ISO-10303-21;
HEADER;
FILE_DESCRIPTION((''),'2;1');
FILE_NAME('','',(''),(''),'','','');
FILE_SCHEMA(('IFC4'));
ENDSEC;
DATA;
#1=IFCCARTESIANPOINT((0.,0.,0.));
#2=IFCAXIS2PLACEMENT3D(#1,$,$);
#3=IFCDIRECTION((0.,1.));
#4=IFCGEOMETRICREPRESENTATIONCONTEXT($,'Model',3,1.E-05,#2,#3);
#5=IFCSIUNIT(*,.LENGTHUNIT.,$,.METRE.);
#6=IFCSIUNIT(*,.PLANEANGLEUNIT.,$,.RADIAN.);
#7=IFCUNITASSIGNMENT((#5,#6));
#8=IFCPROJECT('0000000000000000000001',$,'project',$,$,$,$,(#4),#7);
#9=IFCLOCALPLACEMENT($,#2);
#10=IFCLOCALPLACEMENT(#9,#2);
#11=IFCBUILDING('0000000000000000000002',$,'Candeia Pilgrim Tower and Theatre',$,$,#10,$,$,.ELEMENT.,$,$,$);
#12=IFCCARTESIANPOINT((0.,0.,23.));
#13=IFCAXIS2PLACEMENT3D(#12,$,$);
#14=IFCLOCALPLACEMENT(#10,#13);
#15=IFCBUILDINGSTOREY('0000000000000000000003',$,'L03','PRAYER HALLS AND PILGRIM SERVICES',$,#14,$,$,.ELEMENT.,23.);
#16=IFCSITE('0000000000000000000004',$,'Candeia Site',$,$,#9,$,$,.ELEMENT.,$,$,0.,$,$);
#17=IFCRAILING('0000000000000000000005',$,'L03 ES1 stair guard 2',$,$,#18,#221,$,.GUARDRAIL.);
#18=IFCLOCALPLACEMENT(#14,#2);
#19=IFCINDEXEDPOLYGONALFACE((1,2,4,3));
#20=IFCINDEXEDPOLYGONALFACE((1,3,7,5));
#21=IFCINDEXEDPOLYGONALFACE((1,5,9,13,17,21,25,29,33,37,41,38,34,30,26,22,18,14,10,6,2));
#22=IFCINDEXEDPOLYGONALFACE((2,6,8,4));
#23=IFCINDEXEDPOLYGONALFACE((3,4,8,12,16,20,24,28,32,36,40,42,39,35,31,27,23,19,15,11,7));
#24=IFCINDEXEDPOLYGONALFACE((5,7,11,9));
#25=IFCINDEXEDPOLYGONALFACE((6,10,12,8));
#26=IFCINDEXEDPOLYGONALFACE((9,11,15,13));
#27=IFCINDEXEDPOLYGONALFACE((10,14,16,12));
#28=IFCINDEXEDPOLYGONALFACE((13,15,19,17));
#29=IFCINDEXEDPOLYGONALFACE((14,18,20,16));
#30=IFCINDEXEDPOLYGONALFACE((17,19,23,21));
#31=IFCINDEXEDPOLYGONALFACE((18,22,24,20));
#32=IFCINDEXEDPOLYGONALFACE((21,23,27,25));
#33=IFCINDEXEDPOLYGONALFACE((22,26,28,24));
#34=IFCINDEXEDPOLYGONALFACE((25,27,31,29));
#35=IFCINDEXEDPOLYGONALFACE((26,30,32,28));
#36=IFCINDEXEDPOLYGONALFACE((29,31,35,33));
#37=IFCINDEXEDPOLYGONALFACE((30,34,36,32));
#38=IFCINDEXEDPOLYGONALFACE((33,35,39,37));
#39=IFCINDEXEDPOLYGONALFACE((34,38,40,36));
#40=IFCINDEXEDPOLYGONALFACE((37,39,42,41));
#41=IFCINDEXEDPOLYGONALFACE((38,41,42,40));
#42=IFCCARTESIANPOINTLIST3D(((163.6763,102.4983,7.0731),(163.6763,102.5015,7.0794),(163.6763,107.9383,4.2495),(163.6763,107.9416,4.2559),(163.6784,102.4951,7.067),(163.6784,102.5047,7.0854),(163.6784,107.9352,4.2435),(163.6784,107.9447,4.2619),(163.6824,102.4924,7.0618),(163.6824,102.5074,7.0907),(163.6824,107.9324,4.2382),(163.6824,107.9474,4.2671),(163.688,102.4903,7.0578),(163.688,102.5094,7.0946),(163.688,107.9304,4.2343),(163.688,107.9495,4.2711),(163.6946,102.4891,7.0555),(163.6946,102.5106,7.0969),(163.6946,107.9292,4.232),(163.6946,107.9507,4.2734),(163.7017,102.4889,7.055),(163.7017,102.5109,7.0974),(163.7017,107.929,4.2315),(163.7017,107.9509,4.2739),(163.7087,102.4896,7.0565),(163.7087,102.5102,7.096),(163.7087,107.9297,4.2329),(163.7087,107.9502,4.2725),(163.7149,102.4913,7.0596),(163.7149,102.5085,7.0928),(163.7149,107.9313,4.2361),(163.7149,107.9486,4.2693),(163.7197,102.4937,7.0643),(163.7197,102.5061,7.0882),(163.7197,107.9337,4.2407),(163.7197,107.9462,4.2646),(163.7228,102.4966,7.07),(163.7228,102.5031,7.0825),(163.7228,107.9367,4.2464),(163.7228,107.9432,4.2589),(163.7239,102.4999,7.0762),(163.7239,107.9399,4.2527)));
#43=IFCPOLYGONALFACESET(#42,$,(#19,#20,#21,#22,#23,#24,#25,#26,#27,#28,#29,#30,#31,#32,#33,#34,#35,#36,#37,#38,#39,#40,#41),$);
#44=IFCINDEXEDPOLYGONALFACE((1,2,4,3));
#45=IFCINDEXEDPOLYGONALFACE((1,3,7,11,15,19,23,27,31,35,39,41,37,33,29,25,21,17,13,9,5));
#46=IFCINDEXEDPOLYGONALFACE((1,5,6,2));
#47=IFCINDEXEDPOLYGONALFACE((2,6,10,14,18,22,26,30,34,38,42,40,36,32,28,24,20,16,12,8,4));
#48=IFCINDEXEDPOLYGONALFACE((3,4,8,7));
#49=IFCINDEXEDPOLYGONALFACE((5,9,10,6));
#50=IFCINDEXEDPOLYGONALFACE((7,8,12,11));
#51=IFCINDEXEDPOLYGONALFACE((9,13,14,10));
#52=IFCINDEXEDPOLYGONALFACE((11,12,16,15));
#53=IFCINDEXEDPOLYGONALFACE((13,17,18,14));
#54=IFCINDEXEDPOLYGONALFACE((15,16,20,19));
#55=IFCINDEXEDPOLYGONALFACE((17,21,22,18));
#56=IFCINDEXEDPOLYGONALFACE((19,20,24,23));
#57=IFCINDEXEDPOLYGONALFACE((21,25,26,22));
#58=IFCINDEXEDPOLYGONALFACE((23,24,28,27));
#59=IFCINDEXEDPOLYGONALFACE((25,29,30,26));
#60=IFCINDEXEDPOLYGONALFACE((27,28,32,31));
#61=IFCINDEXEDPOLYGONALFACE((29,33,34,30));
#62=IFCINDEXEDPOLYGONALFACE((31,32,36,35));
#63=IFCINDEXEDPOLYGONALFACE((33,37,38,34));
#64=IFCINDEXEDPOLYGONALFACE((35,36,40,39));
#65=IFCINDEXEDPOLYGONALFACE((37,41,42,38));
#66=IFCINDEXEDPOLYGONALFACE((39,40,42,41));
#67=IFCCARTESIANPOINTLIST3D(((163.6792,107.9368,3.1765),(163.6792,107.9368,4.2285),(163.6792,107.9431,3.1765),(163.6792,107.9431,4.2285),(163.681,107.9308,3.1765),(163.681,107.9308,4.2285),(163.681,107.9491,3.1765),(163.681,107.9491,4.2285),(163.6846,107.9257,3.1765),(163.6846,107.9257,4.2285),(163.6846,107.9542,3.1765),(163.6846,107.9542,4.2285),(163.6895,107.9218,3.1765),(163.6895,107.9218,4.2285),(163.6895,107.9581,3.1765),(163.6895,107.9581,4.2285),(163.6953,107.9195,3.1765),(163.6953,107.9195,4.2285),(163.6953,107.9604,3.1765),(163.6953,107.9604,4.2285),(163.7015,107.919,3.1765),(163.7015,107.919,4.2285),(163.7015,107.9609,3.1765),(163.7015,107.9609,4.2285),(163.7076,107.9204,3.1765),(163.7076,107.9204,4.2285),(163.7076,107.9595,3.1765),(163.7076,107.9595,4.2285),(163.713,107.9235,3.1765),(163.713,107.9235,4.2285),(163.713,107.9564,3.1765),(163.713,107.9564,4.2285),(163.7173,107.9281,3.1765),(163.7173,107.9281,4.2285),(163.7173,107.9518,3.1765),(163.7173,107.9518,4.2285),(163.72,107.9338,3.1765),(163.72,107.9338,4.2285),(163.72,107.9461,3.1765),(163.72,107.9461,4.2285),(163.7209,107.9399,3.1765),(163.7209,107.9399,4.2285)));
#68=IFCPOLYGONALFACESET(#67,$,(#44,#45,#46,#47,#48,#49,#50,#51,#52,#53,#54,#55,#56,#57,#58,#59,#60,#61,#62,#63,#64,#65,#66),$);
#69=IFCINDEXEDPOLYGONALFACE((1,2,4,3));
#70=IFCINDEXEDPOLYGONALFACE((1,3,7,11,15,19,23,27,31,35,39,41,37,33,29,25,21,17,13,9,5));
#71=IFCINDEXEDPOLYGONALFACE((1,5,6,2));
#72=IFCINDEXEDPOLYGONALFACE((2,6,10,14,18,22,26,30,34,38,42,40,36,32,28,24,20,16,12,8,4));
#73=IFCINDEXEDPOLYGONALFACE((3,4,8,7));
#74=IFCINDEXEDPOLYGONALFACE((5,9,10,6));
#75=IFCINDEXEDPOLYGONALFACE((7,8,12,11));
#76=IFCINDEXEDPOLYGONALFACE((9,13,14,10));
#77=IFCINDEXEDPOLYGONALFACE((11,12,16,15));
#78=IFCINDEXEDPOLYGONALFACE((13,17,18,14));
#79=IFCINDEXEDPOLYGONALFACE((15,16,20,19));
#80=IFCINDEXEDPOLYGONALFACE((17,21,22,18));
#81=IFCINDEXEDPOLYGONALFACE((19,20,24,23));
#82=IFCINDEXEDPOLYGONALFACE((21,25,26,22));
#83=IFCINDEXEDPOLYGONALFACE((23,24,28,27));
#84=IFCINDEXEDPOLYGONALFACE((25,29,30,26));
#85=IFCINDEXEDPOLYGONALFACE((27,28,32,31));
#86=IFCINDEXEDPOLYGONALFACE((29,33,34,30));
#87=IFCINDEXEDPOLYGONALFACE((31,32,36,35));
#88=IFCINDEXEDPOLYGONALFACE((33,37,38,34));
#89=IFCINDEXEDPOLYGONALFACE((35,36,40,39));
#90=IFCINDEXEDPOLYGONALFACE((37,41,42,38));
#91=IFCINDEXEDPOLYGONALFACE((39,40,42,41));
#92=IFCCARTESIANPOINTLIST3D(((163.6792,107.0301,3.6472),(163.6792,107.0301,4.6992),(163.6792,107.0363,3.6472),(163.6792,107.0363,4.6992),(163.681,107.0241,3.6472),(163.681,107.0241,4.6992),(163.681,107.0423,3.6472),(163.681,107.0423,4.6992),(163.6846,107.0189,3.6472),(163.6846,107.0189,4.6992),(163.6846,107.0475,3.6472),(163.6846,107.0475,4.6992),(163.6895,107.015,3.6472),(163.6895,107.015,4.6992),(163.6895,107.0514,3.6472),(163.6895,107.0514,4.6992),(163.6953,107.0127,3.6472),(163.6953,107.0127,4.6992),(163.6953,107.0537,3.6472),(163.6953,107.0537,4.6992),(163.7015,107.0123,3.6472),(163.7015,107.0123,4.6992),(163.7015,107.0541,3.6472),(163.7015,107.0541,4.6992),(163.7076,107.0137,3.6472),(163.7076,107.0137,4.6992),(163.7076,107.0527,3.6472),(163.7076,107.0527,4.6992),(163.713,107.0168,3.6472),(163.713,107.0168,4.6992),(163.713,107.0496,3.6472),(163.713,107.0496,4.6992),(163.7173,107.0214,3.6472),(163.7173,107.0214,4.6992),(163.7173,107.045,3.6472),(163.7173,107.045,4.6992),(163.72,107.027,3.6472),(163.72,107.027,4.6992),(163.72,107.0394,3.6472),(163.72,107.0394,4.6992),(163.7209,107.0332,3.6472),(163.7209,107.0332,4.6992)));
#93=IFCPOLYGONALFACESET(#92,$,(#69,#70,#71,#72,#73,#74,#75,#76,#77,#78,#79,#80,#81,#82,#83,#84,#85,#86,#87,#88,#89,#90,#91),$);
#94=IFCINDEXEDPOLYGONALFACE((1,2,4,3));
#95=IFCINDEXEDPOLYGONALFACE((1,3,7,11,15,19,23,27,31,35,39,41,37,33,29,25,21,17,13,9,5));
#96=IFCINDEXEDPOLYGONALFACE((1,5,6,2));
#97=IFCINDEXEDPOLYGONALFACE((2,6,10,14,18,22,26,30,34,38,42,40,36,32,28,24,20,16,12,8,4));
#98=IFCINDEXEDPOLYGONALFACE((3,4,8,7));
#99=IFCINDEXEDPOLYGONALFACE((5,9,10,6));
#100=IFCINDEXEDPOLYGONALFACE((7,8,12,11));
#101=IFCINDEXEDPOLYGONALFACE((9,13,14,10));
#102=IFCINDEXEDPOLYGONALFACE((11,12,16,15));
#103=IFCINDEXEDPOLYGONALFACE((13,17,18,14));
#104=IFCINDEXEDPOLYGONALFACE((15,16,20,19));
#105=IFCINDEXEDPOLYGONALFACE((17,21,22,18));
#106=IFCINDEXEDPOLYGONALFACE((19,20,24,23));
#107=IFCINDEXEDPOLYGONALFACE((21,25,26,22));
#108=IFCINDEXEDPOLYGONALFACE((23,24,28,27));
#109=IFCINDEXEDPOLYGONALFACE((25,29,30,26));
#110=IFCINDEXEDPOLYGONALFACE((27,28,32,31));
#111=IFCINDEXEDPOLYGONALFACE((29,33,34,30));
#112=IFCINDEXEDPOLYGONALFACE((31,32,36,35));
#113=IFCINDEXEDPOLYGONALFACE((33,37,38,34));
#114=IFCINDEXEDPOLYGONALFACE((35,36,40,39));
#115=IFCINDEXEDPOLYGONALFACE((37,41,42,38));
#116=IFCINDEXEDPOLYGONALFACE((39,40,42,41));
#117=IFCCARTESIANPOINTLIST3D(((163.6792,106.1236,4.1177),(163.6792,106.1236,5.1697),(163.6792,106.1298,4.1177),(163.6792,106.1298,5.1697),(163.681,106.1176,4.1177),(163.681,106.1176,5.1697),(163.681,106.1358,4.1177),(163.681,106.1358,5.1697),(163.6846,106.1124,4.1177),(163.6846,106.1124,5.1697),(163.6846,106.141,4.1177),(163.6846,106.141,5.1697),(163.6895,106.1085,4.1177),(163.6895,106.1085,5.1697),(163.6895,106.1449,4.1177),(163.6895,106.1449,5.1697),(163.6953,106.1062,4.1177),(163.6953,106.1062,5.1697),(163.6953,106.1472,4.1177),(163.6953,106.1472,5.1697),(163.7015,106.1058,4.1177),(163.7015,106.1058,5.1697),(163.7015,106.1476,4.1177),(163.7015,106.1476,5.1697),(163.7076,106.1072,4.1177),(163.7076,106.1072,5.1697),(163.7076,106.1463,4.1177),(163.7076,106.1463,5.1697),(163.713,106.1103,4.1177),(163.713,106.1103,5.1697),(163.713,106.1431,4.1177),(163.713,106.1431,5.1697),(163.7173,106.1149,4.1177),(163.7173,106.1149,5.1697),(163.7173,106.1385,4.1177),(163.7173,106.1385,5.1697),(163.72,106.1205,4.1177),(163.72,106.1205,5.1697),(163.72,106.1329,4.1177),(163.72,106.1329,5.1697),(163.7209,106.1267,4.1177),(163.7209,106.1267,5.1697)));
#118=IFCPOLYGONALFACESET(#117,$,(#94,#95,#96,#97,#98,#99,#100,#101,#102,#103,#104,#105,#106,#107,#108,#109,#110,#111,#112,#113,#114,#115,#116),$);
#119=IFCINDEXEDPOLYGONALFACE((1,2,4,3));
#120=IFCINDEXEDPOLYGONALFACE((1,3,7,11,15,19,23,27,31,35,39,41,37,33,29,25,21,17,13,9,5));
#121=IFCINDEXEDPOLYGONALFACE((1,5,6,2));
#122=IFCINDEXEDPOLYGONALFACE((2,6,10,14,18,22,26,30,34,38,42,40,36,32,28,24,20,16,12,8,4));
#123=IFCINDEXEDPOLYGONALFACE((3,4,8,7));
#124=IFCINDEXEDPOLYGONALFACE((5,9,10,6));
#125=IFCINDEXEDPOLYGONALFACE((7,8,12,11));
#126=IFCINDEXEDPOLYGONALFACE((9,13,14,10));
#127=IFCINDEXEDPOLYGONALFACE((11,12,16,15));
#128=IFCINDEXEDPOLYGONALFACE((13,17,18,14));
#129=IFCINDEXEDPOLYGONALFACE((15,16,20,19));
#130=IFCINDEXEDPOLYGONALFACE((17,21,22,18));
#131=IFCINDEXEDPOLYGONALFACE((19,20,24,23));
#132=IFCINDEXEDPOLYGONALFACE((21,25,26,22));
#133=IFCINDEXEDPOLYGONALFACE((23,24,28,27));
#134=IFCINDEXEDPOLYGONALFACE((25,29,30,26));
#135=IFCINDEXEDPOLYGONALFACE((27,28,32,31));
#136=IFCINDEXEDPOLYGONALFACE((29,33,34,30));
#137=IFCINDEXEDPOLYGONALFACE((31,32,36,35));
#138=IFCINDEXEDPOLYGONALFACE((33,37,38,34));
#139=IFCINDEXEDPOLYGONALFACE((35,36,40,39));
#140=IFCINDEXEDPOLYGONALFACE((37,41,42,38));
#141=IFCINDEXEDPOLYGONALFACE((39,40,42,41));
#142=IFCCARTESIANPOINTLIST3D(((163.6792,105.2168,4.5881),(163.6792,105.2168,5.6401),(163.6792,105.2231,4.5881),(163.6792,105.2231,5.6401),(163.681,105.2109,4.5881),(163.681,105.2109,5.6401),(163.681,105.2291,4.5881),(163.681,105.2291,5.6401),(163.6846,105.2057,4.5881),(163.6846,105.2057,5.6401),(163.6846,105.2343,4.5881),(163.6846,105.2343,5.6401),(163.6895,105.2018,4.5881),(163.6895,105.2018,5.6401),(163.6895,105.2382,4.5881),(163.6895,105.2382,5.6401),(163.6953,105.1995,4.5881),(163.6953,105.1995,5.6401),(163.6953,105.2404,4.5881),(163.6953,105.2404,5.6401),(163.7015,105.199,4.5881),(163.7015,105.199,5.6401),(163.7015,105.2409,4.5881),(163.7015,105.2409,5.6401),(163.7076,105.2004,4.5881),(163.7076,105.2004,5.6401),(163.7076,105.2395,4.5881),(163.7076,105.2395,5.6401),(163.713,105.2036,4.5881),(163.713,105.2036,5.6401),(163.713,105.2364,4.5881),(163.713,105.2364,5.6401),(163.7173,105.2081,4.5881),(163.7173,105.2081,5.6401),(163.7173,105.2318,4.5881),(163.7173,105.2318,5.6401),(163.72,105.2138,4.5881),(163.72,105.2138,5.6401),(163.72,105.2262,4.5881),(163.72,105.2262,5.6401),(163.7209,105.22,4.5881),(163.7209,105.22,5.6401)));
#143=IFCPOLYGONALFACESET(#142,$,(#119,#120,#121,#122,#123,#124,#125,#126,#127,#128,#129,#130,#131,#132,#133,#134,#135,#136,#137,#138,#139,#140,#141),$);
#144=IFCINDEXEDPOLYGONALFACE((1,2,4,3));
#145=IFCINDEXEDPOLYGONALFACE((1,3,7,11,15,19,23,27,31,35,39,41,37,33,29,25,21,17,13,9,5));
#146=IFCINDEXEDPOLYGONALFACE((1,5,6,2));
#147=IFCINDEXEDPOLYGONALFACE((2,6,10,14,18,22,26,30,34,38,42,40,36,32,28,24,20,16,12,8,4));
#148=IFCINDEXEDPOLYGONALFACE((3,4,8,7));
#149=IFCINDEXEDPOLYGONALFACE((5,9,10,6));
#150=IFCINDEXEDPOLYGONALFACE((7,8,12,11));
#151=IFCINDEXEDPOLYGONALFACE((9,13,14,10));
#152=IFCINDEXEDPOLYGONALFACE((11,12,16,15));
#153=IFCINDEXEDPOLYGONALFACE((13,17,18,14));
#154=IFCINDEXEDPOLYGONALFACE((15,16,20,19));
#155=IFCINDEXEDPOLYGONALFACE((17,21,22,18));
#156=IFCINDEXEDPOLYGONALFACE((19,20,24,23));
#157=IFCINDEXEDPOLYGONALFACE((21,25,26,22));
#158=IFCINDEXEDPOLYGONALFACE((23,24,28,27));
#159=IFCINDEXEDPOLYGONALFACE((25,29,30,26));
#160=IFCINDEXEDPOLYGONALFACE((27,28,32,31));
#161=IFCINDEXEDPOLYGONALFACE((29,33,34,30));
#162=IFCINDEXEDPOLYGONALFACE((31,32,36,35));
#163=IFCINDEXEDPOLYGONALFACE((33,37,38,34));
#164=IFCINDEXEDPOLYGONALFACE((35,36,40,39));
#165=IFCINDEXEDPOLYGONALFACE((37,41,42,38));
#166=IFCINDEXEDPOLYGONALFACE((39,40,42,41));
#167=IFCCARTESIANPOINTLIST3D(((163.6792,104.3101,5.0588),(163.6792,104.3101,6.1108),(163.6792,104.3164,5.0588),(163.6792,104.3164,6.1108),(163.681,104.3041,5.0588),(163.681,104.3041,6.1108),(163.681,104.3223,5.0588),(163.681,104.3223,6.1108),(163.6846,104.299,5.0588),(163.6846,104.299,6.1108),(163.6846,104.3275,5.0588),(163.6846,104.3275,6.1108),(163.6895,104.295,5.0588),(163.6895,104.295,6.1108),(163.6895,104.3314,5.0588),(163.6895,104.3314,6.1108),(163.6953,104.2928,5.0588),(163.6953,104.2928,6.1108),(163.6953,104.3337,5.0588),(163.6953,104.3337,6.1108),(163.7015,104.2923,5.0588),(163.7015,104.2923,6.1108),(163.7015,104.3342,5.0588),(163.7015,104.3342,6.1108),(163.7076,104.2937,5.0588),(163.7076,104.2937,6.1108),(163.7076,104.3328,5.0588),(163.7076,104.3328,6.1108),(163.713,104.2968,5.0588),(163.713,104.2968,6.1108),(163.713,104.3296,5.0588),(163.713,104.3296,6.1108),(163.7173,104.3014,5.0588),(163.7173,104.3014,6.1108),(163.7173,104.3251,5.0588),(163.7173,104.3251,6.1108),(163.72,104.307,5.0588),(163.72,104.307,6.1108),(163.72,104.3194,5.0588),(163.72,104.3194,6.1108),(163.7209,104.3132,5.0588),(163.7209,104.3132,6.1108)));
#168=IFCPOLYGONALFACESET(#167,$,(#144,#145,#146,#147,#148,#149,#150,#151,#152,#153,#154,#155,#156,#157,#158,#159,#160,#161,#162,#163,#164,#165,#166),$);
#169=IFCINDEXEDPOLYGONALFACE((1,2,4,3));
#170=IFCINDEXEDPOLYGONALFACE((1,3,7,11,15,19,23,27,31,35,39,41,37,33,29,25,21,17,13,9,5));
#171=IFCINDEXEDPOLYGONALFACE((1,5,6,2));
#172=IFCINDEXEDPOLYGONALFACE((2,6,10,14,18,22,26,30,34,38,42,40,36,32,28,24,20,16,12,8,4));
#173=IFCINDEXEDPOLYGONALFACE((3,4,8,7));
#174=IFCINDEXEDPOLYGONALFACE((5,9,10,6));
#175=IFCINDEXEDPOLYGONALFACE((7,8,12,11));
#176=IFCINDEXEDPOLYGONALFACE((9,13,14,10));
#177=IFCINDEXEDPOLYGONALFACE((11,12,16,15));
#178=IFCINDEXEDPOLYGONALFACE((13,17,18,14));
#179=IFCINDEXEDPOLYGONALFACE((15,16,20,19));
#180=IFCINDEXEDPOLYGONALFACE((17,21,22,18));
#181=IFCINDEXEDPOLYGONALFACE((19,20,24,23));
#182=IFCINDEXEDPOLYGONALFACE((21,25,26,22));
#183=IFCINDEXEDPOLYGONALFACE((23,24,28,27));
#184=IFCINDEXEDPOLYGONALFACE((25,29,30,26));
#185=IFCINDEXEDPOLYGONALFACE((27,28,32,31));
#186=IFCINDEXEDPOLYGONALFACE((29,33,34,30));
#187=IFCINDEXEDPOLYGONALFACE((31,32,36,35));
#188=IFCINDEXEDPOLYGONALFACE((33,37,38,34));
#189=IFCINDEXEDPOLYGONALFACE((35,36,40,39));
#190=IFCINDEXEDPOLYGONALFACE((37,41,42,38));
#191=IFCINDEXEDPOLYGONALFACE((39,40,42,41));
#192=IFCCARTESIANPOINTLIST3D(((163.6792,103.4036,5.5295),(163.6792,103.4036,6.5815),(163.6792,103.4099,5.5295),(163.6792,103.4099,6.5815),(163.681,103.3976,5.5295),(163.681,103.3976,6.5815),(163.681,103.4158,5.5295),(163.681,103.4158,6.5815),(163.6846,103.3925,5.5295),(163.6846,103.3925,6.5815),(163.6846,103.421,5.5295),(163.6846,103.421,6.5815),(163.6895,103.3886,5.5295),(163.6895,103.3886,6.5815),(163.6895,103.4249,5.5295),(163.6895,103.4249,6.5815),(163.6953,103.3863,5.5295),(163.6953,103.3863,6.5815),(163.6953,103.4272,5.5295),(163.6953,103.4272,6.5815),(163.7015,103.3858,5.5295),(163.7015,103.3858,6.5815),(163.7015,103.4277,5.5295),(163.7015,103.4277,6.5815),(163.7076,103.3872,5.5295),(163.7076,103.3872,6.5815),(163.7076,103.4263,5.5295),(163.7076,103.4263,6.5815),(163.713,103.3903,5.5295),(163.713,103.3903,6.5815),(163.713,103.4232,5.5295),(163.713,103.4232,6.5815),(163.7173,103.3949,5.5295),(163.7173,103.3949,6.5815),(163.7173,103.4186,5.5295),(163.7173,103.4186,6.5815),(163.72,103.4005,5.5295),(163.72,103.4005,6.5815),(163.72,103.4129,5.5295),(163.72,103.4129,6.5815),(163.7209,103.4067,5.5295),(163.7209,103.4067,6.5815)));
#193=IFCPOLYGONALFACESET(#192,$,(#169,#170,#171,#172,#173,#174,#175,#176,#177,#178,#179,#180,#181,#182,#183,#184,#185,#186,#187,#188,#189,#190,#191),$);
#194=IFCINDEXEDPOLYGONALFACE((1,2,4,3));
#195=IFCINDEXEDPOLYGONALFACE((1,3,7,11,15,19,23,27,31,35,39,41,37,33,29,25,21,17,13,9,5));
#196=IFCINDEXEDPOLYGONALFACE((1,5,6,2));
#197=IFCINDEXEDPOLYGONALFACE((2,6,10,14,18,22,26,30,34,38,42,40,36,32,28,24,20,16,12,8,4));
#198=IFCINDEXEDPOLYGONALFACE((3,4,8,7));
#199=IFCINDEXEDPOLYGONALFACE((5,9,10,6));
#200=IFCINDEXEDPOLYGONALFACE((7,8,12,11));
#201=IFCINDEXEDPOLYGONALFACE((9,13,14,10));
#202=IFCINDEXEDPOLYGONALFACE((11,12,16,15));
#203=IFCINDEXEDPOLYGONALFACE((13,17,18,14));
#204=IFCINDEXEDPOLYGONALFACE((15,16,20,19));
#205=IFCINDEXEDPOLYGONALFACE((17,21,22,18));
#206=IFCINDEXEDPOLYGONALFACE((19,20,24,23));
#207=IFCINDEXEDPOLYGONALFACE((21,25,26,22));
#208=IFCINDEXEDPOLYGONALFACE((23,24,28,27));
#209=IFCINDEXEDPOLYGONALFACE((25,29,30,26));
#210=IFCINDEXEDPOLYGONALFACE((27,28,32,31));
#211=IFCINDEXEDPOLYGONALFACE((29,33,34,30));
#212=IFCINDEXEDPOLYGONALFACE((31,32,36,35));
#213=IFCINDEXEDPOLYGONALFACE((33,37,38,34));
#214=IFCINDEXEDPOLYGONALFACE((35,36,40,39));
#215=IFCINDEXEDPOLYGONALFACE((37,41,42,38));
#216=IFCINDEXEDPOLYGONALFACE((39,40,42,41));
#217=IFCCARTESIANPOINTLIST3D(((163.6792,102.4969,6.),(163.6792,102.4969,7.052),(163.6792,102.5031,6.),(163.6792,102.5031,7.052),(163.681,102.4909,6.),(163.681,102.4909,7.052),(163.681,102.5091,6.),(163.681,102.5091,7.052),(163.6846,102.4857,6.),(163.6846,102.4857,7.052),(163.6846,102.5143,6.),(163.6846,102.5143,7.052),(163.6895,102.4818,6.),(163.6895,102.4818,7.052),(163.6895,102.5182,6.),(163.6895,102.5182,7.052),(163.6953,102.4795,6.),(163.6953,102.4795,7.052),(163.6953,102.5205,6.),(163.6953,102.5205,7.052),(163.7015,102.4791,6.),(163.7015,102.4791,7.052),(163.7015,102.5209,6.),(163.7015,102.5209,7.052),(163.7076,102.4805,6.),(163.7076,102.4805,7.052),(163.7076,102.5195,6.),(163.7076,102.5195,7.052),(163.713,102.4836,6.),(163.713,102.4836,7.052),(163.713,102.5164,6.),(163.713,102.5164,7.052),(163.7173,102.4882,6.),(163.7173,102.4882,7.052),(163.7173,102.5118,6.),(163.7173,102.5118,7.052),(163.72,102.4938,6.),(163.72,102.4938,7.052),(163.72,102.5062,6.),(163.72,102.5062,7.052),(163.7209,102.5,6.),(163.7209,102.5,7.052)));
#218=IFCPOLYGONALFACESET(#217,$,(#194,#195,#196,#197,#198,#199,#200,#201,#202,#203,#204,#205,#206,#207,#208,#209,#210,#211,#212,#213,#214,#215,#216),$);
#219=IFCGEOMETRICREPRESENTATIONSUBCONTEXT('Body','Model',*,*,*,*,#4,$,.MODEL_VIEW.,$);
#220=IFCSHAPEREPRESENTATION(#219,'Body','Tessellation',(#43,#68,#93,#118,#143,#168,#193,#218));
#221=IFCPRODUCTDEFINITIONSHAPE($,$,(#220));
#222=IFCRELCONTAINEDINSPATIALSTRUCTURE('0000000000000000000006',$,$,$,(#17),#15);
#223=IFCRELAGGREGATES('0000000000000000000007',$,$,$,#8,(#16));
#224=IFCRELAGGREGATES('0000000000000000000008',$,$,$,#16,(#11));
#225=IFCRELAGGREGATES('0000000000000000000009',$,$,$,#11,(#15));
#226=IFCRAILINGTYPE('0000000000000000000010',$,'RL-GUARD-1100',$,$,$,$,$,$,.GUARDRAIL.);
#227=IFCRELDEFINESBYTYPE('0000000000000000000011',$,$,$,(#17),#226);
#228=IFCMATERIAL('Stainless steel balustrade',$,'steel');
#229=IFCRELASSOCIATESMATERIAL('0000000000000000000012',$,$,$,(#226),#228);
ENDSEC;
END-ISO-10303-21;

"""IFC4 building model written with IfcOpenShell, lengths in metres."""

from ifc_helpers import new_model, si_unit, direction, frame, origin, origin_2d, place, context, subcontext, project, spatial, circle, extrude, material, type_object, element, save


model = new_model("IFC4")

# Units and contexts
model_context = context("Model", 3, precision=1e-05, world=origin(), true_north=direction((0.0, 1.0)))
body_context = subcontext(model_context, "Body", "Model", "MODEL_VIEW")
ifc_project = project(units=[si_unit("LENGTHUNIT", "METRE"), si_unit("PLANEANGLEUNIT", "RADIAN")], contexts=[model_context])

# Site, building, storey
site_placement = place(None, origin())
site = spatial("IfcSite", under=ifc_project, at=site_placement, Name="Candeia Site", CompositionType="ELEMENT", RefElevation=0.0)
building_placement = place(site_placement, origin())
building = spatial("IfcBuilding", under=site, at=building_placement, Name="Candeia Pilgrim Tower and Theatre", CompositionType="ELEMENT")
storey_placement = place(building_placement, frame((0.0, 0.0, 23.0)))
storey = spatial("IfcBuildingStorey", under=building, at=storey_placement, Name="L03", Description="PRAYER HALLS AND PILGRIM SERVICES", CompositionType="ELEMENT", Elevation=23.0)

# Railing
ifc_material_1 = material(Name="Stainless steel balustrade", Category="steel")
railing_type_1 = type_object("IfcRailingType", Name="RL-GUARD-1100", PredefinedType="GUARDRAIL", material=ifc_material_1)
railing_1_placement = place(storey_placement, frame((163.7, 107.9399, 3.1765)))
element("IfcRailing", 1, at=railing_1_placement, inside=storey, type_object=railing_type_1, Name="L03 ES1 stair guard 2", PredefinedType="GUARDRAIL", context=body_context, shape_type="SweptSolid", body=[
    extrude(circle(Radius=0.0239, at=origin_2d()), frame((0.0, 0.0, 1.0762), z_axis=(0.0, -0.887569, 0.460674), x_axis=(1.0, 0.0, 0.0)), (0.0, 0.0, 1.0), 6.1292),
    extrude(circle(Radius=0.021, at=origin_2d()), origin(), (0.0, 0.0, 1.0), 1.052),
    extrude(circle(Radius=0.021, at=origin_2d()), frame((0.0, -0.9067, 0.4707)), (0.0, 0.0, 1.0), 1.052),
    extrude(circle(Radius=0.021, at=origin_2d()), frame((0.0, -1.8132, 0.9412)), (0.0, 0.0, 1.0), 1.052),
    extrude(circle(Radius=0.021, at=origin_2d()), frame((0.0, -2.72, 1.4116)), (0.0, 0.0, 1.0), 1.052),
    extrude(circle(Radius=0.021, at=origin_2d()), frame((0.0, -3.6267, 1.8823)), (0.0, 0.0, 1.0), 1.052),
    extrude(circle(Radius=0.021, at=origin_2d()), frame((0.0, -4.5332, 2.353)), (0.0, 0.0, 1.0), 1.052),
    extrude(circle(Radius=0.021, at=origin_2d()), frame((0.0, -5.4399, 2.8235)), (0.0, 0.0, 1.0), 1.052),
])

save(model, "model.ifc")
